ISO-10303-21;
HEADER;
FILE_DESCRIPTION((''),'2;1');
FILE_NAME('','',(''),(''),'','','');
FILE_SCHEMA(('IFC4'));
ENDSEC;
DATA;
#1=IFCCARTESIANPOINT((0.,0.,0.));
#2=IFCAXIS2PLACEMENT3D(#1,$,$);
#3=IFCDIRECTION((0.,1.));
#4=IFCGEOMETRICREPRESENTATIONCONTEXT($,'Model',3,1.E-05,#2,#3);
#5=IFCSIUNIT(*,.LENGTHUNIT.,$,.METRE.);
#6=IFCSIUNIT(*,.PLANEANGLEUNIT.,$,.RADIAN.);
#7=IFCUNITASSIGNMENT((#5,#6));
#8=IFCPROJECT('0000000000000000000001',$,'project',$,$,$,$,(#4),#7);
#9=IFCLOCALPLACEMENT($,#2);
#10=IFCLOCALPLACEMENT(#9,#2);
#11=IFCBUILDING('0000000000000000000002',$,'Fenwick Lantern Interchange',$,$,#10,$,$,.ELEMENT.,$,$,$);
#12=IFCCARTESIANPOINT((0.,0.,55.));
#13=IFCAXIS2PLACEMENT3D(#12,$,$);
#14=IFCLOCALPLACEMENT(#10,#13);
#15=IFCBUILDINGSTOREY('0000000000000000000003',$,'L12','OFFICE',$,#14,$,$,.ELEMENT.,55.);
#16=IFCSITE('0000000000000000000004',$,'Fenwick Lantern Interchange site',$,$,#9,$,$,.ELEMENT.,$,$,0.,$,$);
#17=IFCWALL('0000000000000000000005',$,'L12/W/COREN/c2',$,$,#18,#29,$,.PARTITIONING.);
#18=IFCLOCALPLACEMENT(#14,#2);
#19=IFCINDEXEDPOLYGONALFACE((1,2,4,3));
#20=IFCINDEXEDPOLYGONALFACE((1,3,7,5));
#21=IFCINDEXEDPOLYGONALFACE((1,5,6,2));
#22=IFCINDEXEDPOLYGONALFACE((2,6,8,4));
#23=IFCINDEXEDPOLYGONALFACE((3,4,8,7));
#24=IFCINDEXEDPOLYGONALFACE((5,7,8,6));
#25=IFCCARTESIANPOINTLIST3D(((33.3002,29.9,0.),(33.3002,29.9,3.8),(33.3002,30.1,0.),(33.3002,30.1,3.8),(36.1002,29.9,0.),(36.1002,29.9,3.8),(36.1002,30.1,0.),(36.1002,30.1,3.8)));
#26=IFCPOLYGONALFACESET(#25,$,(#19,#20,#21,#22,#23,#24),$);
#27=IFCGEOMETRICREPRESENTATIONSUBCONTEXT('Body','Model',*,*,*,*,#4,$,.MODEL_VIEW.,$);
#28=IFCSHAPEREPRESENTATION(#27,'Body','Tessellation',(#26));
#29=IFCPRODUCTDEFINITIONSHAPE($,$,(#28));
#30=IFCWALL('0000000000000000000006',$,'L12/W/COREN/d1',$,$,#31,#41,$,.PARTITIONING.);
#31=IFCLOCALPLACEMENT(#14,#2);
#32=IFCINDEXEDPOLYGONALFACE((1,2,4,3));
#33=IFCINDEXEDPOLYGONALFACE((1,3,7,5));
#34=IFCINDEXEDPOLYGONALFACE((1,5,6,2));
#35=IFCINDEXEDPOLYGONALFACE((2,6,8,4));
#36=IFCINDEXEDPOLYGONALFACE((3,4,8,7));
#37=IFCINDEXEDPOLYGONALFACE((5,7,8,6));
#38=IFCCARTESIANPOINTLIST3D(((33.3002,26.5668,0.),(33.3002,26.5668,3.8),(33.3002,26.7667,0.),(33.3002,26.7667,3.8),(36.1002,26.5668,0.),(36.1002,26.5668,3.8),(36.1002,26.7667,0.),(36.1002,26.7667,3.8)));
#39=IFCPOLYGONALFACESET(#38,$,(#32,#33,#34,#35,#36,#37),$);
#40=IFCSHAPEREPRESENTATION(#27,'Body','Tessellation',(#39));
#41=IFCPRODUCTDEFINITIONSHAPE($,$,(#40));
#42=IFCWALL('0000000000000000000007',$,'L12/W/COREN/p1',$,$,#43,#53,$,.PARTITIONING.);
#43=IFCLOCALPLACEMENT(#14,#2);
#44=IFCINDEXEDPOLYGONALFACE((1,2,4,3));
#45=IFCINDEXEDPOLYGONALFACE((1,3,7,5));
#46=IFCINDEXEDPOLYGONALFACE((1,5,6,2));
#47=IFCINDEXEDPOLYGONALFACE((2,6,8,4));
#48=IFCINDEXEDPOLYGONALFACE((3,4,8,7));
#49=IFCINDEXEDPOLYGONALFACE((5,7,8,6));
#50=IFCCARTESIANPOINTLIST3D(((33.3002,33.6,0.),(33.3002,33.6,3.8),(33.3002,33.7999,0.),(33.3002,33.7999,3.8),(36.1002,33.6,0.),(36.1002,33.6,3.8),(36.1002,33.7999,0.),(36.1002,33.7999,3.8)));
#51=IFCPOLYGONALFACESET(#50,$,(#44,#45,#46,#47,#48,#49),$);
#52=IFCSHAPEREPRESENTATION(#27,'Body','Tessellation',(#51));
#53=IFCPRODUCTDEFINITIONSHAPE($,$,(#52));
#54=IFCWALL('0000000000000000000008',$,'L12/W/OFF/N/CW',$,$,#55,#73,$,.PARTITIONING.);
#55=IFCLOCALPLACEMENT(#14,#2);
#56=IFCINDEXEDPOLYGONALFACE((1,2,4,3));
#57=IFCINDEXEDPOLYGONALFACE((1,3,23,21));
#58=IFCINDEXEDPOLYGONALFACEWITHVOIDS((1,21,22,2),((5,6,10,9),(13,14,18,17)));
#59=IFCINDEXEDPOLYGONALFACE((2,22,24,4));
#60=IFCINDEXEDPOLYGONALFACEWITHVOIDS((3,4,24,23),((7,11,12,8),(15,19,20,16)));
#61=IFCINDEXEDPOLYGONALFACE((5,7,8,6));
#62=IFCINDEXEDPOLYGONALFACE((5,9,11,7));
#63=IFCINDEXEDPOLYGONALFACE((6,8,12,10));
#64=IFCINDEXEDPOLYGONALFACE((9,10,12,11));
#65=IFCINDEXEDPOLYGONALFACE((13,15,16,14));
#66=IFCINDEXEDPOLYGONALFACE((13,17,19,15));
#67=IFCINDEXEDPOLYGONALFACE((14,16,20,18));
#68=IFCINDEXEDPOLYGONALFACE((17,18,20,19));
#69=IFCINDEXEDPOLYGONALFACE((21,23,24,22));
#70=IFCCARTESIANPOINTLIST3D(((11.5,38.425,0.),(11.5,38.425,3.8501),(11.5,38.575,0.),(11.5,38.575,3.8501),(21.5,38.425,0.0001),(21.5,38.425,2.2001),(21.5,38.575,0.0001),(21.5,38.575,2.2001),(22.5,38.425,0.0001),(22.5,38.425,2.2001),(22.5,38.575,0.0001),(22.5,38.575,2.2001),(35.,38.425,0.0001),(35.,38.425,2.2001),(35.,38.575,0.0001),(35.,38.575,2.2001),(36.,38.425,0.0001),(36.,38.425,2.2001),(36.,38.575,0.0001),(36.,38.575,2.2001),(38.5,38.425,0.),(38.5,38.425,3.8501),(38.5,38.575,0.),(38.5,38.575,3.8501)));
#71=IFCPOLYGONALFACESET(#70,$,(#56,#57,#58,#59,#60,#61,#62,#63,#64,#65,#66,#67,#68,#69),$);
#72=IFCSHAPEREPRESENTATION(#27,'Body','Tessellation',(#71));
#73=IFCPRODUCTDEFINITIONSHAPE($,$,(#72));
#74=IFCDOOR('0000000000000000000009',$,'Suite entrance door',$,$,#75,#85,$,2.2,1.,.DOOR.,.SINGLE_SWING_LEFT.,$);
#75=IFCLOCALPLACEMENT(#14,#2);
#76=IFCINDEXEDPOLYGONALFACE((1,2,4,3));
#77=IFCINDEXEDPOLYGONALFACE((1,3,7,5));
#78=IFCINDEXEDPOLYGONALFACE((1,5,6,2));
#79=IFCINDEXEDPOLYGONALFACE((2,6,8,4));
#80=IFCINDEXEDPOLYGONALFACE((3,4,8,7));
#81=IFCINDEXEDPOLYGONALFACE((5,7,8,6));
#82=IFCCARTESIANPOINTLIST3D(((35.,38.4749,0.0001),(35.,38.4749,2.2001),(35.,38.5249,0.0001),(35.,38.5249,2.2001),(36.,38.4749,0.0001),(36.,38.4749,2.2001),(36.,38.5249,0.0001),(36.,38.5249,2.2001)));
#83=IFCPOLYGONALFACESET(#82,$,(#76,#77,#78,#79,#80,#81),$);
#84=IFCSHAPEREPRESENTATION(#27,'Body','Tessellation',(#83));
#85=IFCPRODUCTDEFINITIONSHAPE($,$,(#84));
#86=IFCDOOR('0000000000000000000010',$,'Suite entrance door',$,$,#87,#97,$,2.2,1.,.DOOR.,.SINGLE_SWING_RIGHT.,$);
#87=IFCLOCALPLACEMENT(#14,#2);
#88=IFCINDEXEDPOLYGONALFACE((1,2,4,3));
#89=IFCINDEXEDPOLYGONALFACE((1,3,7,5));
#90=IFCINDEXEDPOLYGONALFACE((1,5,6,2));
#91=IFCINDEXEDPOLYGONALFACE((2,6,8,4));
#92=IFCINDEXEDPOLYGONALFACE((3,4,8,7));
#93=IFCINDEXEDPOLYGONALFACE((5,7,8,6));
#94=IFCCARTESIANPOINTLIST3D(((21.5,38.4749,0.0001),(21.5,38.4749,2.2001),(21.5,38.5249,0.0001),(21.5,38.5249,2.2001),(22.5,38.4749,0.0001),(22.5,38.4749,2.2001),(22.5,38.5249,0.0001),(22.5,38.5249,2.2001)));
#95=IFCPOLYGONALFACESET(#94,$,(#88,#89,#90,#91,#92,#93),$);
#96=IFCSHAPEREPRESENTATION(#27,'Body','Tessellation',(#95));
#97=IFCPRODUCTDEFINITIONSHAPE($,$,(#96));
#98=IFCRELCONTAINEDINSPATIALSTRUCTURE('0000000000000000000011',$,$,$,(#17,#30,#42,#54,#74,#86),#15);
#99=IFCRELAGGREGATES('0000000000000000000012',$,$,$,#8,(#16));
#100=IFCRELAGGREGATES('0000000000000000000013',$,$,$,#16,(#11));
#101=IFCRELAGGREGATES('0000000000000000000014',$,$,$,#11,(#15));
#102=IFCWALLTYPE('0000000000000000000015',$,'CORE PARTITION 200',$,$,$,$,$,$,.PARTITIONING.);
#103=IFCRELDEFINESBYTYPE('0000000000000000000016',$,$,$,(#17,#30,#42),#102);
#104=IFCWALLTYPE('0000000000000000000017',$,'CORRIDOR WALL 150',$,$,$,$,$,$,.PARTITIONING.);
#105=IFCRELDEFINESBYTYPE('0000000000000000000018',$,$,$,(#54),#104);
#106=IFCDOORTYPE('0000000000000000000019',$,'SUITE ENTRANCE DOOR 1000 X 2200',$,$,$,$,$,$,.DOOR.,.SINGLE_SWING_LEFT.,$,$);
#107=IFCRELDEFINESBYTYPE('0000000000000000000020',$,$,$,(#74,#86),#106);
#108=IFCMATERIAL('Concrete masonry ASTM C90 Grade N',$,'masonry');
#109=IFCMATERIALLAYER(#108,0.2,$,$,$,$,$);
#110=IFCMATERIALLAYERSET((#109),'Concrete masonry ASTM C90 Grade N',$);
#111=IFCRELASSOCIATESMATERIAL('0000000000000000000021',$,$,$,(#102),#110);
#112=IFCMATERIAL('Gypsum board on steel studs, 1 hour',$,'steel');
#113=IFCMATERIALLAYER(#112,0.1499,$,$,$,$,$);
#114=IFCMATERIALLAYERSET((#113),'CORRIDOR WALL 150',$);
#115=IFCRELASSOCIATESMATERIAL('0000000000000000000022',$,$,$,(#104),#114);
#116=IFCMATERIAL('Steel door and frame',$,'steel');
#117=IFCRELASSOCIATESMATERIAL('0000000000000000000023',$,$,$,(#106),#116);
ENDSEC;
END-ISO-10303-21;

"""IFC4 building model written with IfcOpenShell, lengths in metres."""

from ifc_helpers import new_model, si_unit, direction, frame, frame_2d, origin, place, context, subcontext, project, spatial, rectangle, extrude, material, layer, layer_set, type_object, element, fill, save


model = new_model("IFC4")

# Units and contexts
model_context = context("Model", 3, precision=1e-05, world=origin(), true_north=direction((0.0, 1.0)))
body_context = subcontext(model_context, "Body", "Model", "MODEL_VIEW")
ifc_project = project(units=[si_unit("LENGTHUNIT", "METRE"), si_unit("PLANEANGLEUNIT", "RADIAN")], contexts=[model_context])

# Site, building, storey
site_placement = place(None, origin())
site = spatial("IfcSite", under=ifc_project, at=site_placement, Name="Fenwick Lantern Interchange site", CompositionType="ELEMENT", RefElevation=0.0)
building_placement = place(site_placement, origin())
building = spatial("IfcBuilding", under=site, at=building_placement, Name="Fenwick Lantern Interchange", CompositionType="ELEMENT")
storey_placement = place(building_placement, frame((0.0, 0.0, 55.0)))
storey = spatial("IfcBuildingStorey", under=building, at=storey_placement, Name="L12", Description="OFFICE", CompositionType="ELEMENT", Elevation=55.0)

# Walls
ifc_material_1 = material(Name="Concrete masonry ASTM C90 Grade N", Category="masonry")
ifc_layer_1 = layer(ifc_material_1, 0.2)
ifc_layer_set_1 = layer_set([ifc_layer_1], Name="Concrete masonry ASTM C90 Grade N")
wall_type_1 = type_object("IfcWallType", Name="CORE PARTITION 200", PredefinedType="PARTITIONING", material=ifc_layer_set_1)
for number, where, z_axis, x_axis, name in (
    (1, (36.1001, 30.0, 0.0), (0.0, 0.0, 1.0), (-1.0, 0.0, 0.0), "L12/W/COREN/c2"),
    (2, (36.1001, 26.6667, 0.0), (0.0, 0.0, 1.0), (-1.0, 0.0, 0.0), "L12/W/COREN/d1"),
    (3, (36.1001, 33.7, 0.0), (0.0, 0.0, 1.0), (-1.0, 0.0, 0.0), "L12/W/COREN/p1"),
):
    element("IfcWall", number, at=place(storey_placement, frame(where, z_axis=z_axis, x_axis=x_axis)), inside=storey, type_object=wall_type_1, Name=name, PredefinedType="PARTITIONING", context=body_context, shape_type="SweptSolid", body=[
        extrude(rectangle(XDim=2.8, YDim=0.2, at=frame_2d((1.3999, 0.0))), origin(), (0.0, 0.0, 1.0), 3.8),
    ])

# Wall, openings, doors
ifc_material_2 = material(Name="Steel door and frame", Category="steel")
ifc_material_3 = material(Name="Gypsum board on steel studs, 1 hour", Category="steel")
ifc_layer_2 = layer(ifc_material_3, 0.1499)
ifc_layer_set_2 = layer_set([ifc_layer_2], Name="CORRIDOR WALL 150")
wall_type_2 = type_object("IfcWallType", Name="CORRIDOR WALL 150", PredefinedType="PARTITIONING", material=ifc_layer_set_2)
wall_1_placement = place(storey_placement, frame((38.5, 38.5, 0.0), z_axis=(0.0, 0.0, 1.0), x_axis=(-1.0, 0.0, 0.0)))
wall_1 = element("IfcWall", 4, at=wall_1_placement, inside=storey, type_object=wall_type_2, Name="L12/W/OFF/N/CW", PredefinedType="PARTITIONING", context=body_context, shape_type="SweptSolid", body=[
    extrude(rectangle(XDim=27.0, YDim=0.1499, at=frame_2d((13.5, 0.0))), origin(), (0.0, 0.0, 1.0), 3.8501),
])
opening_1_placement = place(wall_1_placement, frame((2.5, 0.0, 0.0)))
opening_1 = element("IfcOpeningElement", 5, at=opening_1_placement, cuts=wall_1, PredefinedType="OPENING", context=body_context, shape_type="SweptSolid", body=[
    extrude(rectangle(XDim=1.0, YDim=2.2, at=frame_2d((0.5, 1.1001))), frame((0.0, 0.085, 0.0), z_axis=(0.0, -1.0, 0.0), x_axis=(1.0, 0.0, 0.0)), (0.0, 0.0, 1.0), 0.1699),
])
opening_2_placement = place(wall_1_placement, frame((16.0, 0.0, 0.0)))
opening_2 = element("IfcOpeningElement", 6, at=opening_2_placement, cuts=wall_1, PredefinedType="OPENING", context=body_context, shape_type="SweptSolid", body=[
    extrude(rectangle(XDim=1.0, YDim=2.2, at=frame_2d((0.5, 1.1001))), frame((0.0, 0.085, 0.0), z_axis=(0.0, -1.0, 0.0), x_axis=(1.0, 0.0, 0.0)), (0.0, 0.0, 1.0), 0.1699),
])
door_type_1 = type_object("IfcDoorType", Name="SUITE ENTRANCE DOOR 1000 X 2200", OperationType="SINGLE_SWING_LEFT", PredefinedType="DOOR", material=ifc_material_2)
door_1_placement = place(opening_1_placement, frame((1.0, 0.0, 0.0), z_axis=(0.0, 0.0, 1.0), x_axis=(-1.0, 0.0, 0.0)))
door_1 = element("IfcDoor", 7, at=door_1_placement, inside=storey, type_object=door_type_1, Name="Suite entrance door", OperationType="SINGLE_SWING_LEFT", OverallHeight=2.2, OverallWidth=1.0, PredefinedType="DOOR", context=body_context, shape_type="SweptSolid", body=[
    extrude(rectangle(XDim=1.0, YDim=2.2, at=frame_2d((0.5, 1.1001))), frame((0.0, 0.0249, 0.0), z_axis=(0.0, -1.0, 0.0), x_axis=(1.0, 0.0, 0.0)), (0.0, 0.0, 1.0), 0.05),
])
fill(opening_1, door_1)
door_2_placement = place(opening_2_placement, frame((1.0, 0.0, 0.0), z_axis=(0.0, 0.0, 1.0), x_axis=(-1.0, 0.0, 0.0)))
door_2 = element("IfcDoor", 8, at=door_2_placement, inside=storey, type_object=door_type_1, Name="Suite entrance door", OperationType="SINGLE_SWING_RIGHT", OverallHeight=2.2, OverallWidth=1.0, PredefinedType="DOOR", context=body_context, shape_type="SweptSolid", body=[
    extrude(rectangle(XDim=1.0, YDim=2.2, at=frame_2d((0.5, 1.1001))), frame((0.0, 0.0249, 0.0), z_axis=(0.0, -1.0, 0.0), x_axis=(1.0, 0.0, 0.0)), (0.0, 0.0, 1.0), 0.05),
])
fill(opening_2, door_2)

save(model, "model.ifc")
